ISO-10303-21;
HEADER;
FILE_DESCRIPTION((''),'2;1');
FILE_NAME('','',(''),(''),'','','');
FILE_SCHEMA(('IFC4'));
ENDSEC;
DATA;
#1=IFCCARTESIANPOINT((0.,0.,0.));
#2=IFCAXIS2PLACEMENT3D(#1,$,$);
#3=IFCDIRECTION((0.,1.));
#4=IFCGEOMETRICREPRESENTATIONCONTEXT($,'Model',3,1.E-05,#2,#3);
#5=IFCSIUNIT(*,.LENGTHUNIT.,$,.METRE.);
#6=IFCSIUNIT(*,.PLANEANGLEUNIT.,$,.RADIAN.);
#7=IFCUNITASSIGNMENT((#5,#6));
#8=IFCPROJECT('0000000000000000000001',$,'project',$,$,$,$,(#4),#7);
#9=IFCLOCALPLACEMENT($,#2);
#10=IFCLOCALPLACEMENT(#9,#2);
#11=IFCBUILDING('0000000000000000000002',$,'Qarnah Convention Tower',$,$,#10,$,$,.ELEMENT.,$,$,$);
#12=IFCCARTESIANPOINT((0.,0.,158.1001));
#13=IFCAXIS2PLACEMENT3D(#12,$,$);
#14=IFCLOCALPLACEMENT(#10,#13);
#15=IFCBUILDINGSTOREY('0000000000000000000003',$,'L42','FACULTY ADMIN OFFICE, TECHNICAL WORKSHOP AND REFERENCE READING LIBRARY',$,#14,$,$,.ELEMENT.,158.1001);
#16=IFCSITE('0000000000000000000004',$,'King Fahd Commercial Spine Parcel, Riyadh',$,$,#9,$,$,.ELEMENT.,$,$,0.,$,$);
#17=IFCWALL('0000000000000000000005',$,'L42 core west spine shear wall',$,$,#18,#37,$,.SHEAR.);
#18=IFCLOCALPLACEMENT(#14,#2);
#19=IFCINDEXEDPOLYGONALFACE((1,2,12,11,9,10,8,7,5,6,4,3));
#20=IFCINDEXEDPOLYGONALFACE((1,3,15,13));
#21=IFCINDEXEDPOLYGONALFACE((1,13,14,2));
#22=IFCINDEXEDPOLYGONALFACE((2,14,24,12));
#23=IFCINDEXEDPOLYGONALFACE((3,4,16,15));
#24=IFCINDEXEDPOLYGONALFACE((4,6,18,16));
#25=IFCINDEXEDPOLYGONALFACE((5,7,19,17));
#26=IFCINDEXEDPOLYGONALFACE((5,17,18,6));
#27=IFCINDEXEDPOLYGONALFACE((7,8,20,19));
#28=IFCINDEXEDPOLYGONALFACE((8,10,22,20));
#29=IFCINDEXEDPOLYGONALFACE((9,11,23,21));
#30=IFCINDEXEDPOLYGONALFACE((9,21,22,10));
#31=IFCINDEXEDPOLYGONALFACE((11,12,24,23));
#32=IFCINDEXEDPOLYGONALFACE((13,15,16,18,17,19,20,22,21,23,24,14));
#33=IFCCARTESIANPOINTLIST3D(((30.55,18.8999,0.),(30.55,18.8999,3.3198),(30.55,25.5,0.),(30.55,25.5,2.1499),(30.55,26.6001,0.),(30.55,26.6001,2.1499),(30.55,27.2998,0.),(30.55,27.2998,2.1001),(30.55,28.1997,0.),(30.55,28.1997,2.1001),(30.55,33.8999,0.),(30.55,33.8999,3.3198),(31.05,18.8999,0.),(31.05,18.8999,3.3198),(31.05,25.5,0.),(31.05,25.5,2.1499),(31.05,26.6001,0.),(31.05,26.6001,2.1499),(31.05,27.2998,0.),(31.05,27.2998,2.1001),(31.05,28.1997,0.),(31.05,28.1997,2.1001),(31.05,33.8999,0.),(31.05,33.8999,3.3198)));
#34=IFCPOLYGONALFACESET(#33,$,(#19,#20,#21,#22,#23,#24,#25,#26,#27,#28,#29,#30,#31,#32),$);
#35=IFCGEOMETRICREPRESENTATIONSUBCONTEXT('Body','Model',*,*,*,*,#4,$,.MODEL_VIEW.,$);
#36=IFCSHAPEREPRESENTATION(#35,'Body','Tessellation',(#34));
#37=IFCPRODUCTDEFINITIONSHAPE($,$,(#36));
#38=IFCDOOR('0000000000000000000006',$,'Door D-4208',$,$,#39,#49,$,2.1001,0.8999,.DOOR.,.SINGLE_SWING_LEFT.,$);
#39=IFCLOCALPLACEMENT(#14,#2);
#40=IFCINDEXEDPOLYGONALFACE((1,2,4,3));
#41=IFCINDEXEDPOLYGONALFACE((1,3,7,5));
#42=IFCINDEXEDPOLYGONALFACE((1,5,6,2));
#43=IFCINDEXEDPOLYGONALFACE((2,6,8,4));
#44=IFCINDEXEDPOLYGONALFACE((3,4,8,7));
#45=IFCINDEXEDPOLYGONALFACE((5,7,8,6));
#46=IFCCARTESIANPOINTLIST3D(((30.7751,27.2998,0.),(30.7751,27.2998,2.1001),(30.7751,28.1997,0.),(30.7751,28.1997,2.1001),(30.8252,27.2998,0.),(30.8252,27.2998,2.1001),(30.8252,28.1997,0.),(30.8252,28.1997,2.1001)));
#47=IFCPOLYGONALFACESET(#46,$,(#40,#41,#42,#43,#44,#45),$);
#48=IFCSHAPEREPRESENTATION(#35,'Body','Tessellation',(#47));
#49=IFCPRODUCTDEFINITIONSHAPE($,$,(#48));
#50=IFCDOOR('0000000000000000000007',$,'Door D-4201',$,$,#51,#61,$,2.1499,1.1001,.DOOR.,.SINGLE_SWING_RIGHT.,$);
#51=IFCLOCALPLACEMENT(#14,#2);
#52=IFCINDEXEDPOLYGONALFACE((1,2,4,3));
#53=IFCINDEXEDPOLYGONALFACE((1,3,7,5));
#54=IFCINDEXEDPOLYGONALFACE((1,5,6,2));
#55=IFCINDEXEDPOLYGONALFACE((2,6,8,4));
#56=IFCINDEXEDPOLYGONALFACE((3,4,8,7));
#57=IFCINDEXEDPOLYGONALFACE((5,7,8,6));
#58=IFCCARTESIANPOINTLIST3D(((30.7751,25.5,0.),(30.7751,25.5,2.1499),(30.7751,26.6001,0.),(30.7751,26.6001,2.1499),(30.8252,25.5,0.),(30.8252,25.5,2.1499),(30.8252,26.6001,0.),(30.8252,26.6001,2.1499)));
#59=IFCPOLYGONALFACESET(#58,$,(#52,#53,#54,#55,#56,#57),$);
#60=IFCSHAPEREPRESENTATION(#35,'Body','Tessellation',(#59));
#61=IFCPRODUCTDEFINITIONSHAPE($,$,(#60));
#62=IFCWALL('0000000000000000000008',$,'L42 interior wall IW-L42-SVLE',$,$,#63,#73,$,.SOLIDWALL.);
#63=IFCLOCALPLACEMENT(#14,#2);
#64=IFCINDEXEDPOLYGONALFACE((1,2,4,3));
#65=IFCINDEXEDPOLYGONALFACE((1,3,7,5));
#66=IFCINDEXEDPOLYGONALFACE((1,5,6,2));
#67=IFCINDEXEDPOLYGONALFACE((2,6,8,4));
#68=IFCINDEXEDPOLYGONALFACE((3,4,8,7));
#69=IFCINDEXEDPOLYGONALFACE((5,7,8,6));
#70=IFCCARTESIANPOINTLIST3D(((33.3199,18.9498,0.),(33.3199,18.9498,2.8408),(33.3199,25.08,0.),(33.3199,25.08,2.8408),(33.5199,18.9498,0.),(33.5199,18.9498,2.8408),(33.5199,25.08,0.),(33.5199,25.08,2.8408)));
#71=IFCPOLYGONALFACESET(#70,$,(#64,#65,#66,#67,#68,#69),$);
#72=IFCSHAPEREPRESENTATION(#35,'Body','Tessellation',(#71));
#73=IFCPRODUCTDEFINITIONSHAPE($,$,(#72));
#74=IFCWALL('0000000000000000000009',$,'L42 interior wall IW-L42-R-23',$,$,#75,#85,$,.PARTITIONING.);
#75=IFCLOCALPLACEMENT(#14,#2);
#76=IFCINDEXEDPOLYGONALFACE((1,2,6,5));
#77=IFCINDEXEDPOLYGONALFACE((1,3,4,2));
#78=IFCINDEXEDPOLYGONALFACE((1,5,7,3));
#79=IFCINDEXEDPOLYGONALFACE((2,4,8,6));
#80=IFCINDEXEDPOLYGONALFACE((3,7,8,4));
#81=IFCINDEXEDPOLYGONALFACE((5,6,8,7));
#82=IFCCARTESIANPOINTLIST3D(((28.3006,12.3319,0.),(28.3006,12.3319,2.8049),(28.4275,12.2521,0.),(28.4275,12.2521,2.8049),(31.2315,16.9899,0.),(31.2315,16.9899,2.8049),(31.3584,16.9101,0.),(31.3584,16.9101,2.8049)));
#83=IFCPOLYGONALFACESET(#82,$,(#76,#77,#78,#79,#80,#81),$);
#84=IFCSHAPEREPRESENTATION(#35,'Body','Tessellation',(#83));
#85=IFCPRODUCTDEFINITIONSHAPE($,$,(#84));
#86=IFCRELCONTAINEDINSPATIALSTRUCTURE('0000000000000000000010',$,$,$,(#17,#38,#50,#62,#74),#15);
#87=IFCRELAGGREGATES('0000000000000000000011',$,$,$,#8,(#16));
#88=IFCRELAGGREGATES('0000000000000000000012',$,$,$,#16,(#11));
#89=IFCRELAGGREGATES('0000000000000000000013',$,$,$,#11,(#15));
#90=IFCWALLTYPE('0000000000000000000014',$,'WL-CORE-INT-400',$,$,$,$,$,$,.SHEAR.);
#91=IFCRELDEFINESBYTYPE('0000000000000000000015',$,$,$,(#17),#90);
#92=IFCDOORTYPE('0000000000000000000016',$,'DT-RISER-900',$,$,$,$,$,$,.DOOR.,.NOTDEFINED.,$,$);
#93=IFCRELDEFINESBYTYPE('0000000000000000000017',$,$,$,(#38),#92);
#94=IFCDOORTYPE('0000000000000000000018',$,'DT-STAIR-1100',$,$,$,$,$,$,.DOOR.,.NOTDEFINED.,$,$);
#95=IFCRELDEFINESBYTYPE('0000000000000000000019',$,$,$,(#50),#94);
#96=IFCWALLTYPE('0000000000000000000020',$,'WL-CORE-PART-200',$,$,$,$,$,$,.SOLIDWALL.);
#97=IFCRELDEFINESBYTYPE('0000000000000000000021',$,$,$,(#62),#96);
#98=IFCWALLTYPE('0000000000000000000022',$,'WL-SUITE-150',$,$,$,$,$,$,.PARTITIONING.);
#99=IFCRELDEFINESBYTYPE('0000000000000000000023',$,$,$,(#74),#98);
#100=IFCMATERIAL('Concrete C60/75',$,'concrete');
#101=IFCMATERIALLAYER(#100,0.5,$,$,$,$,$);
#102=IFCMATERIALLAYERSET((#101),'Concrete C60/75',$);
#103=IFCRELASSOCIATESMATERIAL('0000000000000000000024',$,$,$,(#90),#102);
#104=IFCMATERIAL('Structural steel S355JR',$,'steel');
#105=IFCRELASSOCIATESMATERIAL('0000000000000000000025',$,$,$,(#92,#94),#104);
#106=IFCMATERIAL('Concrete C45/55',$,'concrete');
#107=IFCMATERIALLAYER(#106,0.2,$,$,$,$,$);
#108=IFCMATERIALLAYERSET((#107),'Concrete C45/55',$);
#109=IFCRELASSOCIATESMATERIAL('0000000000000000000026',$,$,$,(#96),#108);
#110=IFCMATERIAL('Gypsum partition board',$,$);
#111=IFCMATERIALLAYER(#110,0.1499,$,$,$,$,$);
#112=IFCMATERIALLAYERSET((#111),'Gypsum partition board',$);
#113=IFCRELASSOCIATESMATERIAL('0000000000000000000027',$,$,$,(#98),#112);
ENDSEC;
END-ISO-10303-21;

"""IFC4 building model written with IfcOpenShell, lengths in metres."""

from ifc_helpers import new_model, si_unit, direction, frame, frame_2d, origin, place, context, subcontext, project, spatial, rectangle, extrude, material, layer, layer_set, type_object, element, fill, save


model = new_model("IFC4")

# Units and contexts
model_context = context("Model", 3, precision=1e-05, world=origin(), true_north=direction((0.0, 1.0)))
body_context = subcontext(model_context, "Body", "Model", "MODEL_VIEW")
ifc_project = project(units=[si_unit("LENGTHUNIT", "METRE"), si_unit("PLANEANGLEUNIT", "RADIAN")], contexts=[model_context])

# Site, building, storey
site_placement = place(None, origin())
site = spatial("IfcSite", under=ifc_project, at=site_placement, Name="King Fahd Commercial Spine Parcel, Riyadh", CompositionType="ELEMENT", RefElevation=0.0)
building_placement = place(site_placement, origin())
building = spatial("IfcBuilding", under=site, at=building_placement, Name="Qarnah Convention Tower", CompositionType="ELEMENT")
storey_placement = place(building_placement, frame((0.0, 0.0, 158.1001)))
storey = spatial("IfcBuildingStorey", under=building, at=storey_placement, Name="L42", Description="FACULTY ADMIN OFFICE, TECHNICAL WORKSHOP AND REFERENCE READING LIBRARY", CompositionType="ELEMENT", Elevation=158.1001)

# Shared definitions
ifc_material_1 = material(Name="Concrete C60/75", Category="concrete")

# Shared definitions
ifc_material_2 = material(Name="Structural steel S355JR", Category="steel")

# Wall, openings, doors
ifc_layer_1 = layer(ifc_material_1, 0.5)
ifc_layer_set_1 = layer_set([ifc_layer_1], Name="Concrete C60/75")
wall_type_1 = type_object("IfcWallType", Name="WL-CORE-INT-400", PredefinedType="SHEAR", material=ifc_layer_set_1)
wall_1_placement = place(storey_placement, frame((30.8, 18.8999, 0.0), z_axis=(0.0, 0.0, 1.0), x_axis=(0.0, 1.0, 0.0)))
wall_1 = element("IfcWall", 1, at=wall_1_placement, inside=storey, type_object=wall_type_1, Name="L42 core west spine shear wall", PredefinedType="SHEAR", context=body_context, shape_type="SweptSolid", body=[
    extrude(rectangle(XDim=15.0, YDim=0.5, at=frame_2d((7.5, 0.0))), origin(), (0.0, 0.0, 1.0), 3.3198),
])
opening_1_placement = place(wall_1_placement, frame((6.6001, 0.0, 0.0)))
opening_1 = element("IfcOpeningElement", 2, at=opening_1_placement, cuts=wall_1, PredefinedType="OPENING", context=body_context, shape_type="SweptSolid", body=[
    extrude(rectangle(XDim=1.1001, YDim=2.1499, at=frame_2d((0.55, 1.075))), frame((0.0, 0.26, 0.0), z_axis=(0.0, -1.0, 0.0), x_axis=(1.0, 0.0, 0.0)), (0.0, 0.0, 1.0), 0.52),
])
opening_2_placement = place(wall_1_placement, frame((8.3999, 0.0, 0.0)))
opening_2 = element("IfcOpeningElement", 3, at=opening_2_placement, cuts=wall_1, PredefinedType="OPENING", context=body_context, shape_type="SweptSolid", body=[
    extrude(rectangle(XDim=0.8999, YDim=2.1001, at=frame_2d((0.45, 1.05))), frame((0.0, 0.26, 0.0), z_axis=(0.0, -1.0, 0.0), x_axis=(1.0, 0.0, 0.0)), (0.0, 0.0, 1.0), 0.52),
])
door_type_1 = type_object("IfcDoorType", Name="DT-RISER-900", OperationType="NOTDEFINED", PredefinedType="DOOR", material=ifc_material_2)
door_1_placement = place(opening_2_placement, origin())
door_1 = element("IfcDoor", 4, at=door_1_placement, inside=storey, type_object=door_type_1, Name="Door D-4208", OperationType="SINGLE_SWING_LEFT", OverallHeight=2.1001, OverallWidth=0.8999, PredefinedType="DOOR", context=body_context, shape_type="SweptSolid", body=[
    extrude(rectangle(XDim=0.8999, YDim=2.1001, at=frame_2d((0.45, 1.05))), frame((0.0, 0.0249, 0.0), z_axis=(0.0, -1.0, 0.0), x_axis=(1.0, 0.0, 0.0)), (0.0, 0.0, 1.0), 0.05),
])
fill(opening_2, door_1)
door_type_2 = type_object("IfcDoorType", Name="DT-STAIR-1100", OperationType="NOTDEFINED", PredefinedType="DOOR", material=ifc_material_2)
door_2_placement = place(opening_1_placement, origin())
door_2 = element("IfcDoor", 5, at=door_2_placement, inside=storey, type_object=door_type_2, Name="Door D-4201", OperationType="SINGLE_SWING_RIGHT", OverallHeight=2.1499, OverallWidth=1.1001, PredefinedType="DOOR", context=body_context, shape_type="SweptSolid", body=[
    extrude(rectangle(XDim=1.1001, YDim=2.1499, at=frame_2d((0.55, 1.075))), frame((0.0, 0.0249, 0.0), z_axis=(0.0, -1.0, 0.0), x_axis=(1.0, 0.0, 0.0)), (0.0, 0.0, 1.0), 0.05),
])
fill(opening_1, door_2)

# Walls
ifc_material_3 = material(Name="Concrete C45/55", Category="concrete")
ifc_layer_2 = layer(ifc_material_3, 0.2)
ifc_layer_set_2 = layer_set([ifc_layer_2], Name="Concrete C45/55")
wall_type_2 = type_object("IfcWallType", Name="WL-CORE-PART-200", PredefinedType="SOLIDWALL", material=ifc_layer_set_2)
wall_2_placement = place(storey_placement, frame((33.4199, 18.95, 0.0), z_axis=(0.0, 0.0, 1.0), x_axis=(0.0, 1.0, 0.0)))
element("IfcWall", 6, at=wall_2_placement, inside=storey, type_object=wall_type_2, Name="L42 interior wall IW-L42-SVLE", PredefinedType="SOLIDWALL", context=body_context, shape_type="SweptSolid", body=[
    extrude(rectangle(XDim=6.1301, YDim=0.2, at=frame_2d((3.0649, 0.0))), origin(), (0.0, 0.0, 1.0), 2.8408),
])
ifc_material_4 = material(Name="Gypsum partition board")
ifc_layer_3 = layer(ifc_material_4, 0.1499)
ifc_layer_set_3 = layer_set([ifc_layer_3], Name="Gypsum partition board")
wall_type_3 = type_object("IfcWallType", Name="WL-SUITE-150", PredefinedType="PARTITIONING", material=ifc_layer_set_3)
wall_3_placement = place(storey_placement, frame((28.364, 12.292, 0.0), z_axis=(0.0, 0.0, 1.0), x_axis=(0.532569, 0.846387, 0.0)))
element("IfcWall", 7, at=wall_3_placement, inside=storey, type_object=wall_type_3, Name="L42 interior wall IW-L42-R-23", PredefinedType="PARTITIONING", context=body_context, shape_type="SweptSolid", body=[
    extrude(rectangle(XDim=5.5034, YDim=0.1499, at=frame_2d((2.7517, 0.0))), origin(), (0.0, 0.0, 1.0), 2.8049),
])

save(model, "model.ifc")
